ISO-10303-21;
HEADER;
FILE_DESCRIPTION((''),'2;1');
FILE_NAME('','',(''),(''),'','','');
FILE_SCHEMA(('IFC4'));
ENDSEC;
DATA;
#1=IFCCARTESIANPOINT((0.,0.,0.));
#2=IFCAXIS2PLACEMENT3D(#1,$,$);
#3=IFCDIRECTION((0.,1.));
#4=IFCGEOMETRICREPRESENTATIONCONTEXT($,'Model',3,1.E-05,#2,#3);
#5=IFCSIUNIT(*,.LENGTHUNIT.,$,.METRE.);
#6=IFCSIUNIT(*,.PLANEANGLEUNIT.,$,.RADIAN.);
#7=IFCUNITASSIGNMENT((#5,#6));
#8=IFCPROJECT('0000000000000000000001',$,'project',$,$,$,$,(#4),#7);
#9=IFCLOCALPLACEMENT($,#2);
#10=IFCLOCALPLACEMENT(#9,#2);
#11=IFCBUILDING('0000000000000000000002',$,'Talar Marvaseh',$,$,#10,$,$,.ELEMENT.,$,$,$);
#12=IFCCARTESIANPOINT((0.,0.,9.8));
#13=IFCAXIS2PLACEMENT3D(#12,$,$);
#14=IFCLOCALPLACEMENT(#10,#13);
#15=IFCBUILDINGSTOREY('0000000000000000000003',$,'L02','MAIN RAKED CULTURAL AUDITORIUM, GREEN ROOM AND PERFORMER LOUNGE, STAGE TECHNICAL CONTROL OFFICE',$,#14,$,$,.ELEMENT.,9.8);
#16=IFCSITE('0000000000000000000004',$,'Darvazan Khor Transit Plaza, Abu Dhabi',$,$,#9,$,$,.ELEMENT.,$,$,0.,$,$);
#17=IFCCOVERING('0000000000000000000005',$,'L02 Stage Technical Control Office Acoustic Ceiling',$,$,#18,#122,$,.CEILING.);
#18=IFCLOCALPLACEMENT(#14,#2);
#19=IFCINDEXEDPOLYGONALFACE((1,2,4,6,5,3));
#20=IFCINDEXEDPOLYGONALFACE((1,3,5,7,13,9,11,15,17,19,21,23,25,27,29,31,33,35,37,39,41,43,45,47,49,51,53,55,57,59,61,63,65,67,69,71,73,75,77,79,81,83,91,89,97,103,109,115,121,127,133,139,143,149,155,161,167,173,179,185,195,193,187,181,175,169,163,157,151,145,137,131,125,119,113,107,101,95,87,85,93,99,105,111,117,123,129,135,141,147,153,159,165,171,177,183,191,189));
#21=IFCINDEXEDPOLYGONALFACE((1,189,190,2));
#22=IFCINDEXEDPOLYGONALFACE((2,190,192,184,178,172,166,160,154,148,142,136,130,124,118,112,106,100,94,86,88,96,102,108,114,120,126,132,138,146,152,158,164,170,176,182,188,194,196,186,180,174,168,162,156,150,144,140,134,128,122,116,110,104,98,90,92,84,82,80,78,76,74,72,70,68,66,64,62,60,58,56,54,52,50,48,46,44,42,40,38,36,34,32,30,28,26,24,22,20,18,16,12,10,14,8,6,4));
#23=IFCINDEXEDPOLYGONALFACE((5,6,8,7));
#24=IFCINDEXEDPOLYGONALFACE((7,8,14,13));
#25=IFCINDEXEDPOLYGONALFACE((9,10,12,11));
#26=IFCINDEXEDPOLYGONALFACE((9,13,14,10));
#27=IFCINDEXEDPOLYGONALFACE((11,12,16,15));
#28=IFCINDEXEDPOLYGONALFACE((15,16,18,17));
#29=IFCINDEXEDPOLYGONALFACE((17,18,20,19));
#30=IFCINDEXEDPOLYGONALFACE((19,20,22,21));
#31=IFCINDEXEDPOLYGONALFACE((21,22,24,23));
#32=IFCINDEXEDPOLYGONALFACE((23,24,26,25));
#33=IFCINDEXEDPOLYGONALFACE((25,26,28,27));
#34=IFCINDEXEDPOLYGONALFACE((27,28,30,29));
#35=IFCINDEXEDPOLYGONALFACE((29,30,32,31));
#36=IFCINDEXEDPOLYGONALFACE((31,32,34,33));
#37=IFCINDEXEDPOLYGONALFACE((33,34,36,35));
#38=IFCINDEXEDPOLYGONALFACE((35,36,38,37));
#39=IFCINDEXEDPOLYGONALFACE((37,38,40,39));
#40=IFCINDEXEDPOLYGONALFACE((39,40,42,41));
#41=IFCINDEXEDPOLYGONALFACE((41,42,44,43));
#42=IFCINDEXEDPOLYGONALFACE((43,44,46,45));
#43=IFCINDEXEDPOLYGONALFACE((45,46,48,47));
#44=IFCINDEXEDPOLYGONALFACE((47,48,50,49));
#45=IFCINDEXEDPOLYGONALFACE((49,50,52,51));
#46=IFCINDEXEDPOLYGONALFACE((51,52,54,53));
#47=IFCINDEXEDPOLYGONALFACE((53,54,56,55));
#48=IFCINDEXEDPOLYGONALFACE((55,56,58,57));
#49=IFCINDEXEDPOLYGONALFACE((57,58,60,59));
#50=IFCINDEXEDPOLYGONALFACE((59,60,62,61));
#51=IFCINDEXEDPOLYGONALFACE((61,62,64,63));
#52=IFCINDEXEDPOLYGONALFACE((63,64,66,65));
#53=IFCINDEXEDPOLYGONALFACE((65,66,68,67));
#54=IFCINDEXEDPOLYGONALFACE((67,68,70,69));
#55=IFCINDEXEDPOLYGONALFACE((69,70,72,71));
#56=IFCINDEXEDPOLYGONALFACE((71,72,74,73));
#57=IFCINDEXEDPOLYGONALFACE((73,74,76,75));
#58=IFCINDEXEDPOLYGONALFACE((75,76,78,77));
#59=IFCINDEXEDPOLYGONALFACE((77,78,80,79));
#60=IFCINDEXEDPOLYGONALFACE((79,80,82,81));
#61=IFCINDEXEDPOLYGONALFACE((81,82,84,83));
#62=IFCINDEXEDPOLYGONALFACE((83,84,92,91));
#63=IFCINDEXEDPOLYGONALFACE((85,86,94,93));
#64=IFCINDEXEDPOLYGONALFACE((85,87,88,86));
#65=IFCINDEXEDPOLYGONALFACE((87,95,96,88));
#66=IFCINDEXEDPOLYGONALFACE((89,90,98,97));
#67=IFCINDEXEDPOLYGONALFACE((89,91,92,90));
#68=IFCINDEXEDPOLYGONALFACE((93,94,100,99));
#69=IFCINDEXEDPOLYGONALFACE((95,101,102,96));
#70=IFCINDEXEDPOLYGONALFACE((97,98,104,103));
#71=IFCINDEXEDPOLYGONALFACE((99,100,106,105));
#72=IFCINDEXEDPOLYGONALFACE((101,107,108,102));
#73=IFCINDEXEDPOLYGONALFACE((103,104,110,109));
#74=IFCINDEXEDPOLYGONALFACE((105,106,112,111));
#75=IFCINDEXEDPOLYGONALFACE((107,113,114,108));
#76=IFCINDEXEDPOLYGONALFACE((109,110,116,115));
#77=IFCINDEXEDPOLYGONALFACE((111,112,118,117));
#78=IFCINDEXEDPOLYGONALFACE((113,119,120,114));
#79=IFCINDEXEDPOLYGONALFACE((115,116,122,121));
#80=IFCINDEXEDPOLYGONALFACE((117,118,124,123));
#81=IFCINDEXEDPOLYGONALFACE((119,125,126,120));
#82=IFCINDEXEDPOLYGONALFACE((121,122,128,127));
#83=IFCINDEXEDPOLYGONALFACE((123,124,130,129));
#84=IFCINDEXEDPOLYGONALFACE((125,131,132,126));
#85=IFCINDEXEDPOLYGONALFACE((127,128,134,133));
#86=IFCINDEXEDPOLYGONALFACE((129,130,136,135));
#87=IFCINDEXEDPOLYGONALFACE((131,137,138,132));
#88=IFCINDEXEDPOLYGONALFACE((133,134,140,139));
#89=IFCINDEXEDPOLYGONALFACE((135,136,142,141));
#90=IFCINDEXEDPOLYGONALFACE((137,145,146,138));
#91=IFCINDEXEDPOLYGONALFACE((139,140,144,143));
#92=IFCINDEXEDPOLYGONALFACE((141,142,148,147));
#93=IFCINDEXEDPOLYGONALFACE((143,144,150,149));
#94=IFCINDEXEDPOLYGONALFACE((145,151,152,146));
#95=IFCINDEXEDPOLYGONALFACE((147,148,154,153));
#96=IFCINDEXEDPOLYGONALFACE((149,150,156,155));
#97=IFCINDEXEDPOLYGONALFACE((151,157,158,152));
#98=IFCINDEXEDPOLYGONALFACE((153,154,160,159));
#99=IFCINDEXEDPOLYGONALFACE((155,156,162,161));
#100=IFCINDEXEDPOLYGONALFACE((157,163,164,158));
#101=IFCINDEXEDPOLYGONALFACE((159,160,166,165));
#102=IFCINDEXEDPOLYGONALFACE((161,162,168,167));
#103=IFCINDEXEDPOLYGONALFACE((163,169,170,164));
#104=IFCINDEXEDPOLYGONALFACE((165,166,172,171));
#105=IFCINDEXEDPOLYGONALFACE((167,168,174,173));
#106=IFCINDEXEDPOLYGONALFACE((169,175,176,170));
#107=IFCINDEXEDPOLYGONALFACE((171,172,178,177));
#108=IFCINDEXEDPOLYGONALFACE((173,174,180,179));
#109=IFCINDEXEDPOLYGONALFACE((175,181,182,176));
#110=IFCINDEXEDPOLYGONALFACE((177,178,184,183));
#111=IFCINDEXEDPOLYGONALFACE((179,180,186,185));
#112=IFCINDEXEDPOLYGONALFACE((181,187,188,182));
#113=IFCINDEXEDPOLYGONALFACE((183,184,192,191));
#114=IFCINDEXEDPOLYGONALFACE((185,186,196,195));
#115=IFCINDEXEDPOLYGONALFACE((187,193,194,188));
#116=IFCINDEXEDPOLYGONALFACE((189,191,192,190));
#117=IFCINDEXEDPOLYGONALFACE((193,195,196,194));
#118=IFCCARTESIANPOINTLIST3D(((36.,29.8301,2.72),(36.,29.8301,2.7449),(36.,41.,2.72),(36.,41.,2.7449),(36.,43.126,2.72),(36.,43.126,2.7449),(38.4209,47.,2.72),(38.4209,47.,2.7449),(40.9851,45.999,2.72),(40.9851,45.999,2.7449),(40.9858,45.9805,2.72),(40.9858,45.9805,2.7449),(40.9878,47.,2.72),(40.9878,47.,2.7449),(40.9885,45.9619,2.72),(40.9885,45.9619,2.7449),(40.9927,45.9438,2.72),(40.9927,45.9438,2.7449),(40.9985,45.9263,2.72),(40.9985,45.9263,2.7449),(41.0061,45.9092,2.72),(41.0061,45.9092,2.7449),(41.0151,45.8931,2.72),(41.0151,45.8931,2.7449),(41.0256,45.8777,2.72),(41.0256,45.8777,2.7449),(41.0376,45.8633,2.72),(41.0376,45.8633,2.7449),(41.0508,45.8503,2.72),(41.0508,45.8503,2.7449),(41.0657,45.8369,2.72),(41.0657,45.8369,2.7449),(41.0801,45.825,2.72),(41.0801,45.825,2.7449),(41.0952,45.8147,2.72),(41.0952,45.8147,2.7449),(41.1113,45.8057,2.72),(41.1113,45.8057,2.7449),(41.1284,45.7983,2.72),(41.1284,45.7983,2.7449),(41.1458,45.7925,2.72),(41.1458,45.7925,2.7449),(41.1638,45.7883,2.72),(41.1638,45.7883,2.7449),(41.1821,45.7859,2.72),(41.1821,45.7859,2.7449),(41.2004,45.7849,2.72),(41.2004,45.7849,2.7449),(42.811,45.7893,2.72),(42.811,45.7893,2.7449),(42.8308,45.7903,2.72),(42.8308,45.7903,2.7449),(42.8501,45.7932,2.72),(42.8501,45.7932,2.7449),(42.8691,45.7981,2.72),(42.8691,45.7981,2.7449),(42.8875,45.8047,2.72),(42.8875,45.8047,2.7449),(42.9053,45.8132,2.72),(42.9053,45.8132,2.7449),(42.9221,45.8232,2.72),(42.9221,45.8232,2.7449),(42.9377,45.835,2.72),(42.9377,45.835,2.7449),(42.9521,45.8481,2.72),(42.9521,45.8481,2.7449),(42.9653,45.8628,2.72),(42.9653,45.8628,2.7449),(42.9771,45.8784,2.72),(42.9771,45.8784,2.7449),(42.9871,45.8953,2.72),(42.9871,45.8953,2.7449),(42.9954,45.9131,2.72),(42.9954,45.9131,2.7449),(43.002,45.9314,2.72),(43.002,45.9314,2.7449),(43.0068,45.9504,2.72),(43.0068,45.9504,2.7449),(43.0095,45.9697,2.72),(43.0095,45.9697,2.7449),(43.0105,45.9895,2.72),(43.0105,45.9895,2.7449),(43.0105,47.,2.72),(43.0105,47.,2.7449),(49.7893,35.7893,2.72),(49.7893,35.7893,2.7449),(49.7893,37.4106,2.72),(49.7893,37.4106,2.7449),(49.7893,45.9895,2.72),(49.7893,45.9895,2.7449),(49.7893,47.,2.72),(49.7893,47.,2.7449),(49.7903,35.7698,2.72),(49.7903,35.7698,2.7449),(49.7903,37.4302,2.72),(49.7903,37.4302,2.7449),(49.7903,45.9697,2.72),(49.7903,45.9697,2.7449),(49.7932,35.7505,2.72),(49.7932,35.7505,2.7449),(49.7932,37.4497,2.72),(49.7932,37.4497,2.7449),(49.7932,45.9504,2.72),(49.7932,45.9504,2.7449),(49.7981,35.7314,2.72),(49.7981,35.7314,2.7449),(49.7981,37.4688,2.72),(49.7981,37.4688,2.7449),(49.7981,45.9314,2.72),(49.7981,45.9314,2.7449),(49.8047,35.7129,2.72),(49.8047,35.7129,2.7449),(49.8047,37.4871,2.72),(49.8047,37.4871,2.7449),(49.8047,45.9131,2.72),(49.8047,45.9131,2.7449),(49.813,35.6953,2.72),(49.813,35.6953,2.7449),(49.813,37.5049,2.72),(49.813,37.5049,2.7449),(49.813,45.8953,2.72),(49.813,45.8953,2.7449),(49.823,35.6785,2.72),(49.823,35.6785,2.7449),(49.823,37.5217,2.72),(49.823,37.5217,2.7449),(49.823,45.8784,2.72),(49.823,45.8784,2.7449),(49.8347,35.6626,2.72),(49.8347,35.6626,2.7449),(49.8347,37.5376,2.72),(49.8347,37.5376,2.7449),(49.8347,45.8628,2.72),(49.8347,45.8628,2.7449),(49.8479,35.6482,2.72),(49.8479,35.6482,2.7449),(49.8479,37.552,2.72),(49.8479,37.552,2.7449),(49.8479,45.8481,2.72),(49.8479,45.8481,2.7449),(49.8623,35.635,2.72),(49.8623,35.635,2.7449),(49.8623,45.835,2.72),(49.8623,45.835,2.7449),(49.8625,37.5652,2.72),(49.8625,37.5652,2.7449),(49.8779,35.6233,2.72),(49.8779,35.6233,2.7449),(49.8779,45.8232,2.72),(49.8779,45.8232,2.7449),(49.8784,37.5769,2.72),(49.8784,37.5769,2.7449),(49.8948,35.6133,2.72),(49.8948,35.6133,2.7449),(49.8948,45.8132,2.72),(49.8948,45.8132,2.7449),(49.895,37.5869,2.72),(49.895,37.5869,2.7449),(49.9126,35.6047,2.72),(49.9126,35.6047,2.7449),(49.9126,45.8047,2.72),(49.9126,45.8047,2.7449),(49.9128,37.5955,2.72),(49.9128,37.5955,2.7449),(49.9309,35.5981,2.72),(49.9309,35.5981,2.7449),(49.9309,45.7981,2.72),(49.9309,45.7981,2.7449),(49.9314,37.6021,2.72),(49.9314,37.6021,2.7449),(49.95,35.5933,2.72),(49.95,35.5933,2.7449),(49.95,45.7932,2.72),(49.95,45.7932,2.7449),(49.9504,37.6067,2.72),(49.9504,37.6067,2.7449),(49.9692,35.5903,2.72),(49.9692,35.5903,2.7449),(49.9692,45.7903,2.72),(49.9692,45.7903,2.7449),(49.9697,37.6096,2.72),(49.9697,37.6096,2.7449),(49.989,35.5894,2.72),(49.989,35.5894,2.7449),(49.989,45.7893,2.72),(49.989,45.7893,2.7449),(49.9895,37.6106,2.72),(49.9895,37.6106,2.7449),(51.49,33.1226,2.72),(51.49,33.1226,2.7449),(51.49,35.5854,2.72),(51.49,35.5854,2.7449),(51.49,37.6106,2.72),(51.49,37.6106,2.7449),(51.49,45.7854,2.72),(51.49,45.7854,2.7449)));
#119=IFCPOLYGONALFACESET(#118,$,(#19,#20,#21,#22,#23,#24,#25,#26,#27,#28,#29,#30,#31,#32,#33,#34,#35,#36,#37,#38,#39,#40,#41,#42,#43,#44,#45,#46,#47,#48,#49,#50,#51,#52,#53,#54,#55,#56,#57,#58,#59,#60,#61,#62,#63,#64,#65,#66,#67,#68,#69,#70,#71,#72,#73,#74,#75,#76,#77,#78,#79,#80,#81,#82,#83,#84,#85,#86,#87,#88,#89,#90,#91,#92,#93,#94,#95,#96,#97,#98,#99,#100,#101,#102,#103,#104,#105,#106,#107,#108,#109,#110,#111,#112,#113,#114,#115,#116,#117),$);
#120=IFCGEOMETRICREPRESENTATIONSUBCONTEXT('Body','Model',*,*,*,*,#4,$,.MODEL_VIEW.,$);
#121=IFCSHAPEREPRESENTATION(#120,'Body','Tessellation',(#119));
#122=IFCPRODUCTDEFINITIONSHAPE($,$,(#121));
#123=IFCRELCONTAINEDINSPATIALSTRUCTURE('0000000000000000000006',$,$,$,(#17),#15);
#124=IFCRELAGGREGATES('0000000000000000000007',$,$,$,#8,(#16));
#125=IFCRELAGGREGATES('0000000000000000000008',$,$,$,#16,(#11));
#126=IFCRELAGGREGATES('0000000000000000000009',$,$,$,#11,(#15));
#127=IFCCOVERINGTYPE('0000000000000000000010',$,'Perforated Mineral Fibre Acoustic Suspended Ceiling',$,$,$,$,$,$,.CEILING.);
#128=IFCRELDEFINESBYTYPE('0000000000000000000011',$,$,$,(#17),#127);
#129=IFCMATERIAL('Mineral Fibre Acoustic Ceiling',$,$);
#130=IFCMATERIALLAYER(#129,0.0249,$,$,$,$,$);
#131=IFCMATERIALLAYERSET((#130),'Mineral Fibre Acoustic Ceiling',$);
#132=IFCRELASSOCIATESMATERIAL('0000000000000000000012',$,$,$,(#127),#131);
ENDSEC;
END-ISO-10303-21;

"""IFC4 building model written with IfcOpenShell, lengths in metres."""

from ifc_helpers import new_model, si_unit, direction, frame, origin, place, context, subcontext, project, spatial, polyline, outline, extrude, material, layer, layer_set, type_object, element, save


model = new_model("IFC4")

# Units and contexts
model_context = context("Model", 3, precision=1e-05, world=origin(), true_north=direction((0.0, 1.0)))
body_context = subcontext(model_context, "Body", "Model", "MODEL_VIEW")
ifc_project = project(units=[si_unit("LENGTHUNIT", "METRE"), si_unit("PLANEANGLEUNIT", "RADIAN")], contexts=[model_context])

# Site, building, storey
site_placement = place(None, origin())
site = spatial("IfcSite", under=ifc_project, at=site_placement, Name="Darvazan Khor Transit Plaza, Abu Dhabi", CompositionType="ELEMENT", RefElevation=0.0)
building_placement = place(site_placement, origin())
building = spatial("IfcBuilding", under=site, at=building_placement, Name="Talar Marvaseh", CompositionType="ELEMENT")
storey_placement = place(building_placement, frame((0.0, 0.0, 9.8)))
storey = spatial("IfcBuildingStorey", under=building, at=storey_placement, Name="L02", Description="MAIN RAKED CULTURAL AUDITORIUM, GREEN ROOM AND PERFORMER LOUNGE, STAGE TECHNICAL CONTROL OFFICE", CompositionType="ELEMENT", Elevation=9.8)

# Covering
ifc_material_1 = material(Name="Mineral Fibre Acoustic Ceiling")
ifc_layer_1 = layer(ifc_material_1, 0.0249)
ifc_layer_set_1 = layer_set([ifc_layer_1], Name="Mineral Fibre Acoustic Ceiling")
covering_type_1 = type_object("IfcCoveringType", Name="Perforated Mineral Fibre Acoustic Suspended Ceiling", PredefinedType="CEILING", material=ifc_layer_set_1)
covering_1_placement = place(storey_placement, frame((0.0, 0.0, 2.72)))
element("IfcCovering", 1, at=covering_1_placement, inside=storey, type_object=covering_type_1, Name="L02 Stage Technical Control Office Acoustic Ceiling", PredefinedType="CEILING", context=body_context, shape_type="SweptSolid", body=[
    extrude(outline(polyline([(36.0, 43.126), (38.4209, 47.0), (40.9878, 47.0), (40.9851, 45.999), (40.9858, 45.9805), (40.9885, 45.9619), (40.9927, 45.9438), (40.9985, 45.9263), (41.0061, 45.9092), (41.0151, 45.8931), (41.0256, 45.8777), (41.0376, 45.8633), (41.0508, 45.8503), (41.0657, 45.8369), (41.0801, 45.825), (41.0952, 45.8147), (41.1113, 45.8057), (41.1284, 45.7983), (41.1458, 45.7925), (41.1638, 45.7883), (41.1821, 45.7859), (41.2004, 45.7849), (42.811, 45.7893), (42.8308, 45.7903), (42.8501, 45.7932), (42.8691, 45.7981), (42.8875, 45.8047), (42.9053, 45.8132), (42.9221, 45.8232), (42.9377, 45.835), (42.9521, 45.8481), (42.9653, 45.8628), (42.9771, 45.8784), (42.9871, 45.8953), (42.9954, 45.9131), (43.002, 45.9314), (43.0068, 45.9504), (43.0095, 45.9697), (43.0105, 45.9895), (43.0105, 47.0), (49.7893, 47.0), (49.7893, 45.9895), (49.7903, 45.9697), (49.7932, 45.9504), (49.7981, 45.9314), (49.8047, 45.9131), (49.813, 45.8953), (49.823, 45.8784), (49.8347, 45.8628), (49.8479, 45.8481), (49.8623, 45.835), (49.8779, 45.8232), (49.8948, 45.8132), (49.9126, 45.8047), (49.9309, 45.7981), (49.95, 45.7932), (49.9692, 45.7903), (49.989, 45.7893), (51.49, 45.7854), (51.49, 37.6106), (49.9895, 37.6106), (49.9697, 37.6096), (49.9504, 37.6067), (49.9314, 37.6021), (49.9128, 37.5955), (49.895, 37.5869), (49.8784, 37.5769), (49.8625, 37.5652), (49.8479, 37.552), (49.8347, 37.5376), (49.823, 37.5217), (49.813, 37.5049), (49.8047, 37.4871), (49.7981, 37.4688), (49.7932, 37.4497), (49.7903, 37.4302), (49.7893, 37.4106), (49.7893, 35.7893), (49.7903, 35.7698), (49.7932, 35.7505), (49.7981, 35.7314), (49.8047, 35.7129), (49.813, 35.6953), (49.823, 35.6785), (49.8347, 35.6626), (49.8479, 35.6482), (49.8623, 35.635), (49.8779, 35.6233), (49.8948, 35.6133), (49.9126, 35.6047), (49.9309, 35.5981), (49.95, 35.5933), (49.9692, 35.5903), (49.989, 35.5894), (51.49, 35.5854), (51.49, 33.1226), (36.0, 29.8301), (36.0, 41.0), (36.0, 43.126)])), origin(), (0.0, 0.0, 1.0), 0.0249),
])

save(model, "model.ifc")
